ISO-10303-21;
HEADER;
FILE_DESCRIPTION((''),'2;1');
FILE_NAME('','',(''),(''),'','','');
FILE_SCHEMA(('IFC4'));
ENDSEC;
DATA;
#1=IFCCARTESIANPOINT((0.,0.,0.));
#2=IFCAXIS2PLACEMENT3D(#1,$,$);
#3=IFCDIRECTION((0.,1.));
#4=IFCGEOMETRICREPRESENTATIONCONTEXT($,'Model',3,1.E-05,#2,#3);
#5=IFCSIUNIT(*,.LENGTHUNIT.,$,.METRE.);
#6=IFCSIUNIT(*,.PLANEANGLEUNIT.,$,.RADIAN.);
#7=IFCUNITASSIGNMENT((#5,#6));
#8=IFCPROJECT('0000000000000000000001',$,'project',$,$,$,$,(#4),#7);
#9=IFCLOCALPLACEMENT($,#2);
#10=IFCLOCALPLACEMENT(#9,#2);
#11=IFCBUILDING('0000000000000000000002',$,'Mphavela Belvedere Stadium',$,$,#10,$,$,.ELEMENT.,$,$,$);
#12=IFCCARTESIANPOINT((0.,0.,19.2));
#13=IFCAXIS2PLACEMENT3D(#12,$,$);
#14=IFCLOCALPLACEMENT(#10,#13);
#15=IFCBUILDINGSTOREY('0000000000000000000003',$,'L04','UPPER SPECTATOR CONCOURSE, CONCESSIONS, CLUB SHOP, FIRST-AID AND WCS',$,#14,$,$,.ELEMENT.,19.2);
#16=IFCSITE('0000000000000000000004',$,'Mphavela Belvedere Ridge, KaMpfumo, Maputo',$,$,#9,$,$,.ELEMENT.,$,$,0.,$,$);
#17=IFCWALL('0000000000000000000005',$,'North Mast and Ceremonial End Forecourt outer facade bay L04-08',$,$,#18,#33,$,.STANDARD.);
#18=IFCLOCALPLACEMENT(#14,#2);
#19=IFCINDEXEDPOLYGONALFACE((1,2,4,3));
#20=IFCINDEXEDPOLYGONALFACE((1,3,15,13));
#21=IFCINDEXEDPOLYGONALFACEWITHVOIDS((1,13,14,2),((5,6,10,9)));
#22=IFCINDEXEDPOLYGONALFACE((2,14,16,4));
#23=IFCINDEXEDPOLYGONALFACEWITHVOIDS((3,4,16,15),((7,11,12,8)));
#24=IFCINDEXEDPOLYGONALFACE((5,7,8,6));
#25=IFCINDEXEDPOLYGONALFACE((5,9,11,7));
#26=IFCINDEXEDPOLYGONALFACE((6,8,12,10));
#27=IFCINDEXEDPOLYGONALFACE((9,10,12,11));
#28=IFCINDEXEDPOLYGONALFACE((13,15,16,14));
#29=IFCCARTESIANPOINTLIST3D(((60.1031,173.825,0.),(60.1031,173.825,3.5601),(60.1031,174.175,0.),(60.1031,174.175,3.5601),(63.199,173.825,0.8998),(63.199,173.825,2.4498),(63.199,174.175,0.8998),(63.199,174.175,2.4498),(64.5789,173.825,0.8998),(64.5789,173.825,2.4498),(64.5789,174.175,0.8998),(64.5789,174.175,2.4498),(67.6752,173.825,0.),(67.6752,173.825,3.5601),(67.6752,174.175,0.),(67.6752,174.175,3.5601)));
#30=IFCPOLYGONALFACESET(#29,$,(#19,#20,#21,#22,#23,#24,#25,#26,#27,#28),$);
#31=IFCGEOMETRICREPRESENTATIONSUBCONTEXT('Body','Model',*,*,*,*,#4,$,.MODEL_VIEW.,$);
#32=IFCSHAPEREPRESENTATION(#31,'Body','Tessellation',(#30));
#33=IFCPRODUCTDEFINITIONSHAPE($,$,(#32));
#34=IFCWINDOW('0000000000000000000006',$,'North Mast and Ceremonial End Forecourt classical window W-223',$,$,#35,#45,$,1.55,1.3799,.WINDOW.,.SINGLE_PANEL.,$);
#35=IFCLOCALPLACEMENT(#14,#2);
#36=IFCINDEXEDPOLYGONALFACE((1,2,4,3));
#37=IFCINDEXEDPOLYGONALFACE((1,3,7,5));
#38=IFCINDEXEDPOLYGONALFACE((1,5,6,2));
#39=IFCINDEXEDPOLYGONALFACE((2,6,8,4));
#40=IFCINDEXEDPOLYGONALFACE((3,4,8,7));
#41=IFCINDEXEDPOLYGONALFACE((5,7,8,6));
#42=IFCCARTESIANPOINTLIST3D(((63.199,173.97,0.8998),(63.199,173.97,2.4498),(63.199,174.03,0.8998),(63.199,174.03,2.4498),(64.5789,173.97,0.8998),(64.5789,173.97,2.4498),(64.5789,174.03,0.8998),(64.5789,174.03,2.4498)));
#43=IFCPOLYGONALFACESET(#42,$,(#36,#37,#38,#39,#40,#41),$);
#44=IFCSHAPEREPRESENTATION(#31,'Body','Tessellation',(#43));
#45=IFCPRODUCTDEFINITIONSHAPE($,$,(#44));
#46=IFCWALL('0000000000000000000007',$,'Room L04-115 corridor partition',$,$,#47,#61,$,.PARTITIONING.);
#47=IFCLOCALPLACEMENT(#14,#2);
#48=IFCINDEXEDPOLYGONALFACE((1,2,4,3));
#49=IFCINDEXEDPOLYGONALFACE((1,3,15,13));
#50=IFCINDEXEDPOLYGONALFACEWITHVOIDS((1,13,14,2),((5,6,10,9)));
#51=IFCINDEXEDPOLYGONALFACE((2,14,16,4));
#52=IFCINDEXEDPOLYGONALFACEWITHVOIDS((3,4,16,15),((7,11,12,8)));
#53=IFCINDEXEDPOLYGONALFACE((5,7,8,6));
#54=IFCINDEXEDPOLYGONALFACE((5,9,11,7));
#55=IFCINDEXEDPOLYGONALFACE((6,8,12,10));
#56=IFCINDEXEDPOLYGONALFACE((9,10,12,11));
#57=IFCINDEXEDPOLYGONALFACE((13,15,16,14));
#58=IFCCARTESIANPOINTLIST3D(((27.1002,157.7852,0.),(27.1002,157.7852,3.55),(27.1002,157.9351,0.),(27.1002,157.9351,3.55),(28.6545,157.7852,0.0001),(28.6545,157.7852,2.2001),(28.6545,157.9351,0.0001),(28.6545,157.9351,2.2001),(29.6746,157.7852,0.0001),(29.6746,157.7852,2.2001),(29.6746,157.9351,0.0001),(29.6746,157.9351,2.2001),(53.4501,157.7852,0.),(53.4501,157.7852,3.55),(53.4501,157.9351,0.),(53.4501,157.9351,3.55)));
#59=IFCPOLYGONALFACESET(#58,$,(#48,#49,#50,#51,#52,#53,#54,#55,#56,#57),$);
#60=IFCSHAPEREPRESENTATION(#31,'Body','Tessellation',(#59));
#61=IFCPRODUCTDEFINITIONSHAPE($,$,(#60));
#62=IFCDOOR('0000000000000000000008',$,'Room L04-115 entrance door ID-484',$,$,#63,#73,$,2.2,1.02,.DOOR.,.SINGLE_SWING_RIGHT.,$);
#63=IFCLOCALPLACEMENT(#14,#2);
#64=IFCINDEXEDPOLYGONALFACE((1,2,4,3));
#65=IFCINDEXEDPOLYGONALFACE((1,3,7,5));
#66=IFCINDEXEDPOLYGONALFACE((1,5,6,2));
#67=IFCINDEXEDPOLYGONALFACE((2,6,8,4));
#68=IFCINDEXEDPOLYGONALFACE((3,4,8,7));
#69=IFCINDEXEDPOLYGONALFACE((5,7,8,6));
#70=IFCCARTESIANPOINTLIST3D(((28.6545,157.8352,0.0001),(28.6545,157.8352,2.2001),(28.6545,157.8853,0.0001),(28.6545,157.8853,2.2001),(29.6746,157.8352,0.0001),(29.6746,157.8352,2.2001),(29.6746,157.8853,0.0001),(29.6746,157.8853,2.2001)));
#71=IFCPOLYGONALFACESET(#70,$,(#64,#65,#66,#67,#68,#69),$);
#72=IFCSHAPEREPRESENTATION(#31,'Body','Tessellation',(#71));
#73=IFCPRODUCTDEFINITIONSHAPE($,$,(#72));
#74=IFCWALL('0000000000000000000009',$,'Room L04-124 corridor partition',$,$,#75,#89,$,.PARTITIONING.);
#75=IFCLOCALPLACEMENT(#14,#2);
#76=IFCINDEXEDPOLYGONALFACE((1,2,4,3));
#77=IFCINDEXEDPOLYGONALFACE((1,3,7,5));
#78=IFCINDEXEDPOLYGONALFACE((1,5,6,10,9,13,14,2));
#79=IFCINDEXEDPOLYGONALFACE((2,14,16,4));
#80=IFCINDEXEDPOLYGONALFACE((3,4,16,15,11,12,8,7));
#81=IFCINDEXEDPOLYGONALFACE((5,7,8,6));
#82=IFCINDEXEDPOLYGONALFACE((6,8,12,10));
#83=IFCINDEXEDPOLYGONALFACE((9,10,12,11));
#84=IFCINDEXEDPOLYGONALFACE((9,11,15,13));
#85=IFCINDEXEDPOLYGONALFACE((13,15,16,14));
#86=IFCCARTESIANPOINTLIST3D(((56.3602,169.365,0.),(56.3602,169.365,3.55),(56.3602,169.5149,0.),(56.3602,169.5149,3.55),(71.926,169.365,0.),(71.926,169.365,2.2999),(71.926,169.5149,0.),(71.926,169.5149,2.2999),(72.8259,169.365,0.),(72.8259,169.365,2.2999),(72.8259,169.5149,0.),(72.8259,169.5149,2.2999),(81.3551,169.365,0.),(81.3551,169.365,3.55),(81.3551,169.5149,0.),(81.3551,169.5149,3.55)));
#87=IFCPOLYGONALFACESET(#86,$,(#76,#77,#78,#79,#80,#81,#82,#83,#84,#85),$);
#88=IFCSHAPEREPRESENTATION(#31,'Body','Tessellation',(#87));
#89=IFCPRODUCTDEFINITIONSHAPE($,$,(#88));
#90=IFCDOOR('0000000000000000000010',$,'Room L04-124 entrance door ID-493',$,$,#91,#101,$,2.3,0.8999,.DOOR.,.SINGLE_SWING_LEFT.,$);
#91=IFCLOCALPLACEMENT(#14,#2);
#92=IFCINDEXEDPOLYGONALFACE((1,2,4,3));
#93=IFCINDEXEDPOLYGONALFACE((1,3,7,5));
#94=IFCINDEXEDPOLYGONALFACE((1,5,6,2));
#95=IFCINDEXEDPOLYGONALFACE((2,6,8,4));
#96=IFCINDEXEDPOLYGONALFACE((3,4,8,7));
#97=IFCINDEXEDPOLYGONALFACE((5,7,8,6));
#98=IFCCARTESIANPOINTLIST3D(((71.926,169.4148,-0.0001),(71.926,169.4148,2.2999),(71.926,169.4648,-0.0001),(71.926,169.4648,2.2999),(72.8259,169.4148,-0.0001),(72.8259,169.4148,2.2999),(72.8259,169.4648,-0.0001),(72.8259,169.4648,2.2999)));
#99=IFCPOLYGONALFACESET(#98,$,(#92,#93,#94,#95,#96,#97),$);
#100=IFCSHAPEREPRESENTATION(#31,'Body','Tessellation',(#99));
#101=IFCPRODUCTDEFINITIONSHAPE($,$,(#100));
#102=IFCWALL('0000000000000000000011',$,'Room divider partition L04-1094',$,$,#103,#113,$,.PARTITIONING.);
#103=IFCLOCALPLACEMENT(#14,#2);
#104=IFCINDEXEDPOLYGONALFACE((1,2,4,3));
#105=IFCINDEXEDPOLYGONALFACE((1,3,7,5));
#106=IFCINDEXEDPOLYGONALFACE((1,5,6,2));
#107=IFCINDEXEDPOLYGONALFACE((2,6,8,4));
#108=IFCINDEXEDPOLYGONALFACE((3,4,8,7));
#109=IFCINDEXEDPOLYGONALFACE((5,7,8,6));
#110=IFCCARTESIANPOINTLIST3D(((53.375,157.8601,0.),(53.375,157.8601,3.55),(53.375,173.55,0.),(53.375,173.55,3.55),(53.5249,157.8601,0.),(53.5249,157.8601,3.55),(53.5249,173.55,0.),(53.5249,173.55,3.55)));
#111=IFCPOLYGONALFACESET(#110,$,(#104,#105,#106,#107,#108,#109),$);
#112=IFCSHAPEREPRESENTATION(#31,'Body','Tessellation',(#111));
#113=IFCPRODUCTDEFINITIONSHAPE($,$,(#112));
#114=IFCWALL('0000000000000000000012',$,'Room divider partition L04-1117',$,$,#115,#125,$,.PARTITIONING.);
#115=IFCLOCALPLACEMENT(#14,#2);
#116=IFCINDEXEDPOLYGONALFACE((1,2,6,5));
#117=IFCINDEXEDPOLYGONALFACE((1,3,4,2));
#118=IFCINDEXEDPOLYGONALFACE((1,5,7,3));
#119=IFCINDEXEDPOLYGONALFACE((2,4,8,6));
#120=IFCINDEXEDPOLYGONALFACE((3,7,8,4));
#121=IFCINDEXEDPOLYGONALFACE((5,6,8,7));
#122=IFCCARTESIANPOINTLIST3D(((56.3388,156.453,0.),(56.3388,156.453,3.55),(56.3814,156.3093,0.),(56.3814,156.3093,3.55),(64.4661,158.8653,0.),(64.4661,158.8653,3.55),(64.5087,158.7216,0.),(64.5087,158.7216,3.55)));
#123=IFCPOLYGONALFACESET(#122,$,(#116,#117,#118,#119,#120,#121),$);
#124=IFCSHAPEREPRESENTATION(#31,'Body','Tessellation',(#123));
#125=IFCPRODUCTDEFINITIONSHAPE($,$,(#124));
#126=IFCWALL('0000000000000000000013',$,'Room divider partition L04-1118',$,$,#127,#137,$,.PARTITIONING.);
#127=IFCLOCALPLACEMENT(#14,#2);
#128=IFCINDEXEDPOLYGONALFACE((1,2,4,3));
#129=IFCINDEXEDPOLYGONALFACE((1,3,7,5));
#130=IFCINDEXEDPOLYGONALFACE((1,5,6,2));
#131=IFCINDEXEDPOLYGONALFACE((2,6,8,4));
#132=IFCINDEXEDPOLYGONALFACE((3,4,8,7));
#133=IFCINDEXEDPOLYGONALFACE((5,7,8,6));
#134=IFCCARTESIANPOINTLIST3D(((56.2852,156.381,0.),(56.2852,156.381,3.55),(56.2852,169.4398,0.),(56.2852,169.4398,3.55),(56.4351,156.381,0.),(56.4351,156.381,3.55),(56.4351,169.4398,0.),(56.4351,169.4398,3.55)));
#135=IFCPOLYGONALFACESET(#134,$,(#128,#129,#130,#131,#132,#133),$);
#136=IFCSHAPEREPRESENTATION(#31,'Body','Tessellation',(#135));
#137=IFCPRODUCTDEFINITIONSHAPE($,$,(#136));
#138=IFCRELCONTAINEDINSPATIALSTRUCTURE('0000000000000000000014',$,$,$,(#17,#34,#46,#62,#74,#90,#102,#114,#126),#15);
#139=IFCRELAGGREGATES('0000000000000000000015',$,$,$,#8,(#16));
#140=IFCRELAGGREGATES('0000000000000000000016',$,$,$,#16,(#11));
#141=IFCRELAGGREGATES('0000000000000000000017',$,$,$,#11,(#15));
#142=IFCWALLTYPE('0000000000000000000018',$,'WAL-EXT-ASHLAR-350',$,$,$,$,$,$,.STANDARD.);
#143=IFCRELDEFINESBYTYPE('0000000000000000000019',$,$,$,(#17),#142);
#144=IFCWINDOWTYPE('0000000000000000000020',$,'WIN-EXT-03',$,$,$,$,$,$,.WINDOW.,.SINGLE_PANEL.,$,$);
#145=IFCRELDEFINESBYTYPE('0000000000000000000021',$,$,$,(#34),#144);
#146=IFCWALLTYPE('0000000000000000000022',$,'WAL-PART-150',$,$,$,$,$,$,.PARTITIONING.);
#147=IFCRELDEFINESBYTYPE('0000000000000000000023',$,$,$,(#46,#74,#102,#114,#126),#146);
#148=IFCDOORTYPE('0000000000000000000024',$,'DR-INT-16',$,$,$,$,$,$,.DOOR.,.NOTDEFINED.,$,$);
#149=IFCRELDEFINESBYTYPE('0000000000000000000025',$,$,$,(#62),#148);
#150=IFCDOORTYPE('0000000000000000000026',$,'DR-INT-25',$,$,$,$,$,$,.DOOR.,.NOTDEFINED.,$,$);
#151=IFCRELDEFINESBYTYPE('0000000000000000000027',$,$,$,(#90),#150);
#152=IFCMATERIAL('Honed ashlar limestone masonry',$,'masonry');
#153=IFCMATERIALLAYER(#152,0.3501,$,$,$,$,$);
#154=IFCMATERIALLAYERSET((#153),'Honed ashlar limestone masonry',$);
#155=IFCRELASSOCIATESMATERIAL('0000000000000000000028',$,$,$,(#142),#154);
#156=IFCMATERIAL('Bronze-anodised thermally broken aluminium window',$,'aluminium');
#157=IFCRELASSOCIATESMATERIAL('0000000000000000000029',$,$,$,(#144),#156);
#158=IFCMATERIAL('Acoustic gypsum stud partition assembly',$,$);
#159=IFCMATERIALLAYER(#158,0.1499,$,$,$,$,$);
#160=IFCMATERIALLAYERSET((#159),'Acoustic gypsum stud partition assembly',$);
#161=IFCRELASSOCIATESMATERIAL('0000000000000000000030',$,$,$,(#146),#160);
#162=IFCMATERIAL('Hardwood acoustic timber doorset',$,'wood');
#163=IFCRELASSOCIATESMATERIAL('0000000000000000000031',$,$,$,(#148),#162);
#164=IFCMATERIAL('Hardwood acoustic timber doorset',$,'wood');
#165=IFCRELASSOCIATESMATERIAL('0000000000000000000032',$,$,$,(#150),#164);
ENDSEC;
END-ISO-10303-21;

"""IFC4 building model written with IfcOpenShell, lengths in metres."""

from ifc_helpers import new_model, si_unit, direction, frame, frame_2d, origin, place, context, subcontext, project, spatial, rectangle, extrude, material, layer, layer_set, type_object, element, fill, save


model = new_model("IFC4")

# Units and contexts
model_context = context("Model", 3, precision=1e-05, world=origin(), true_north=direction((0.0, 1.0)))
body_context = subcontext(model_context, "Body", "Model", "MODEL_VIEW")
ifc_project = project(units=[si_unit("LENGTHUNIT", "METRE"), si_unit("PLANEANGLEUNIT", "RADIAN")], contexts=[model_context])

# Site, building, storey
site_placement = place(None, origin())
site = spatial("IfcSite", under=ifc_project, at=site_placement, Name="Mphavela Belvedere Ridge, KaMpfumo, Maputo", CompositionType="ELEMENT", RefElevation=0.0)
building_placement = place(site_placement, origin())
building = spatial("IfcBuilding", under=site, at=building_placement, Name="Mphavela Belvedere Stadium", CompositionType="ELEMENT")
storey_placement = place(building_placement, frame((0.0, 0.0, 19.2)))
storey = spatial("IfcBuildingStorey", under=building, at=storey_placement, Name="L04", Description="UPPER SPECTATOR CONCOURSE, CONCESSIONS, CLUB SHOP, FIRST-AID AND WCS", CompositionType="ELEMENT", Elevation=19.2)

# Wall, opening, window
ifc_material_1 = material(Name="Honed ashlar limestone masonry", Category="masonry")
ifc_layer_1 = layer(ifc_material_1, 0.3501)
ifc_layer_set_1 = layer_set([ifc_layer_1], Name="Honed ashlar limestone masonry")
wall_type_1 = type_object("IfcWallType", Name="WAL-EXT-ASHLAR-350", PredefinedType="STANDARD", material=ifc_layer_set_1)
wall_1_placement = place(storey_placement, frame((60.103, 174.0, 0.0), z_axis=(0.0, 0.0, 1.0), x_axis=(1.0, 0.0, 0.0)))
wall_1 = element("IfcWall", 1, at=wall_1_placement, inside=storey, type_object=wall_type_1, Name="North Mast and Ceremonial End Forecourt outer facade bay L04-08", PredefinedType="STANDARD", context=body_context, shape_type="SweptSolid", body=[
    extrude(rectangle(XDim=7.572, YDim=0.3501, at=frame_2d((3.7861, 0.0))), origin(), (0.0, 0.0, 1.0), 3.5601),
])
opening_1_placement = place(wall_1_placement, frame((3.0959, 0.0, 0.8999)))
opening_1 = element("IfcOpeningElement", 2, at=opening_1_placement, cuts=wall_1, PredefinedType="OPENING", context=body_context, shape_type="SweptSolid", body=[
    extrude(rectangle(XDim=1.3799, YDim=1.55, at=frame_2d((0.6899, 0.7749))), frame((0.0, 0.1851, 0.0), z_axis=(0.0, -1.0, 0.0), x_axis=(1.0, 0.0, 0.0)), (0.0, 0.0, 1.0), 0.3701),
])
ifc_material_2 = material(Name="Bronze-anodised thermally broken aluminium window", Category="aluminium")
window_type_1 = type_object("IfcWindowType", Name="WIN-EXT-03", PartitioningType="SINGLE_PANEL", PredefinedType="WINDOW", material=ifc_material_2)
window_1_placement = place(opening_1_placement, origin())
window_1 = element("IfcWindow", 3, at=window_1_placement, inside=storey, type_object=window_type_1, Name="North Mast and Ceremonial End Forecourt classical window W-223", OverallHeight=1.55, OverallWidth=1.3799, PartitioningType="SINGLE_PANEL", PredefinedType="WINDOW", context=body_context, shape_type="SweptSolid", body=[
    extrude(rectangle(XDim=1.3799, YDim=1.55, at=frame_2d((0.6899, 0.7749))), frame((0.0, 0.03, 0.0), z_axis=(0.0, -1.0, 0.0), x_axis=(1.0, 0.0, 0.0)), (0.0, 0.0, 1.0), 0.0601),
])
fill(opening_1, window_1)

# Walls, openings, doors
ifc_material_3 = material(Name="Acoustic gypsum stud partition assembly")
ifc_layer_2 = layer(ifc_material_3, 0.1499)
ifc_layer_set_2 = layer_set([ifc_layer_2], Name="Acoustic gypsum stud partition assembly")
wall_type_2 = type_object("IfcWallType", Name="WAL-PART-150", PredefinedType="PARTITIONING", material=ifc_layer_set_2)
wall_2_placement = place(storey_placement, frame((53.45, 157.8601, 0.0), z_axis=(0.0, 0.0, 1.0), x_axis=(-1.0, 0.0, 0.0)))
wall_2 = element("IfcWall", 4, at=wall_2_placement, inside=storey, type_object=wall_type_2, Name="Room L04-115 corridor partition", PredefinedType="PARTITIONING", context=body_context, shape_type="SweptSolid", body=[
    extrude(rectangle(XDim=26.3499, YDim=0.1499, at=frame_2d((13.1748, 0.0))), origin(), (0.0, 0.0, 1.0), 3.55),
])
opening_2_placement = place(wall_2_placement, frame((23.7754, 0.0, 0.0)))
opening_2 = element("IfcOpeningElement", 5, at=opening_2_placement, cuts=wall_2, PredefinedType="OPENING", context=body_context, shape_type="SweptSolid", body=[
    extrude(rectangle(XDim=1.02, YDim=2.2, at=frame_2d((0.51, 1.1001))), frame((0.0, 0.085, 0.0), z_axis=(0.0, -1.0, 0.0), x_axis=(1.0, 0.0, 0.0)), (0.0, 0.0, 1.0), 0.1699),
])
ifc_material_4 = material(Name="Hardwood acoustic timber doorset", Category="wood")
door_type_1 = type_object("IfcDoorType", Name="DR-INT-16", OperationType="NOTDEFINED", PredefinedType="DOOR", material=ifc_material_4)
door_1_placement = place(opening_2_placement, origin())
door_1 = element("IfcDoor", 6, at=door_1_placement, inside=storey, type_object=door_type_1, Name="Room L04-115 entrance door ID-484", OperationType="SINGLE_SWING_RIGHT", OverallHeight=2.2, OverallWidth=1.02, PredefinedType="DOOR", context=body_context, shape_type="SweptSolid", body=[
    extrude(rectangle(XDim=1.02, YDim=2.2, at=frame_2d((0.51, 1.1001))), frame((0.0, 0.0249, 0.0), z_axis=(0.0, -1.0, 0.0), x_axis=(1.0, 0.0, 0.0)), (0.0, 0.0, 1.0), 0.05),
])
fill(opening_2, door_1)
wall_3_placement = place(storey_placement, frame((56.3601, 169.4399, 0.0), z_axis=(0.0, 0.0, 1.0), x_axis=(1.0, 0.0, 0.0)))
wall_3 = element("IfcWall", 7, at=wall_3_placement, inside=storey, type_object=wall_type_2, Name="Room L04-124 corridor partition", PredefinedType="PARTITIONING", context=body_context, shape_type="SweptSolid", body=[
    extrude(rectangle(XDim=24.9949, YDim=0.1499, at=frame_2d((12.4976, 0.0))), origin(), (0.0, 0.0, 1.0), 3.55),
])
opening_3_placement = place(wall_3_placement, frame((15.5659, 0.0, 0.0)))
opening_3 = element("IfcOpeningElement", 8, at=opening_3_placement, cuts=wall_3, PredefinedType="OPENING", context=body_context, shape_type="SweptSolid", body=[
    extrude(rectangle(XDim=0.8999, YDim=2.3, at=frame_2d((0.45, 1.1499))), frame((0.0, 0.085, 0.0), z_axis=(0.0, -1.0, 0.0), x_axis=(1.0, 0.0, 0.0)), (0.0, 0.0, 1.0), 0.1699),
])
ifc_material_5 = material(Name="Hardwood acoustic timber doorset", Category="wood")
door_type_2 = type_object("IfcDoorType", Name="DR-INT-25", OperationType="NOTDEFINED", PredefinedType="DOOR", material=ifc_material_5)
door_2_placement = place(opening_3_placement, origin())
door_2 = element("IfcDoor", 9, at=door_2_placement, inside=storey, type_object=door_type_2, Name="Room L04-124 entrance door ID-493", OperationType="SINGLE_SWING_LEFT", OverallHeight=2.3, OverallWidth=0.8999, PredefinedType="DOOR", context=body_context, shape_type="SweptSolid", body=[
    extrude(rectangle(XDim=0.8999, YDim=2.3, at=frame_2d((0.45, 1.1499))), frame((0.0, 0.0249, 0.0), z_axis=(0.0, -1.0, 0.0), x_axis=(1.0, 0.0, 0.0)), (0.0, 0.0, 1.0), 0.05),
])
fill(opening_3, door_2)

# Walls
wall_4_placement = place(storey_placement, frame((53.45, 173.55, 0.0), z_axis=(0.0, 0.0, 1.0), x_axis=(0.0, -1.0, 0.0)))
element("IfcWall", 10, at=wall_4_placement, inside=storey, type_object=wall_type_2, Name="Room divider partition L04-1094", PredefinedType="PARTITIONING", context=body_context, shape_type="SweptSolid", body=[
    extrude(rectangle(XDim=15.6899, YDim=0.1499, at=frame_2d((7.845, 0.0))), origin(), (0.0, 0.0, 1.0), 3.55),
])
wall_5_placement = place(storey_placement, frame((64.4873, 158.7935, 0.0), z_axis=(0.0, 0.0, 1.0), x_axis=(-0.95866, -0.284554, 0.0)))
element("IfcWall", 11, at=wall_5_placement, inside=storey, type_object=wall_type_2, Name="Room divider partition L04-1117", PredefinedType="PARTITIONING", context=body_context, shape_type="SweptSolid", body=[
    extrude(rectangle(XDim=8.4778, YDim=0.1499, at=frame_2d((4.2388, 0.0))), origin(), (0.0, 0.0, 1.0), 3.55),
])
wall_6_placement = place(storey_placement, frame((56.3601, 156.3811, 0.0), z_axis=(0.0, 0.0, 1.0), x_axis=(0.0, 1.0, 0.0)))
element("IfcWall", 12, at=wall_6_placement, inside=storey, type_object=wall_type_2, Name="Room divider partition L04-1118", PredefinedType="PARTITIONING", context=body_context, shape_type="SweptSolid", body=[
    extrude(rectangle(XDim=13.0588, YDim=0.1499, at=frame_2d((6.5293, 0.0))), origin(), (0.0, 0.0, 1.0), 3.55),
])

save(model, "model.ifc")
